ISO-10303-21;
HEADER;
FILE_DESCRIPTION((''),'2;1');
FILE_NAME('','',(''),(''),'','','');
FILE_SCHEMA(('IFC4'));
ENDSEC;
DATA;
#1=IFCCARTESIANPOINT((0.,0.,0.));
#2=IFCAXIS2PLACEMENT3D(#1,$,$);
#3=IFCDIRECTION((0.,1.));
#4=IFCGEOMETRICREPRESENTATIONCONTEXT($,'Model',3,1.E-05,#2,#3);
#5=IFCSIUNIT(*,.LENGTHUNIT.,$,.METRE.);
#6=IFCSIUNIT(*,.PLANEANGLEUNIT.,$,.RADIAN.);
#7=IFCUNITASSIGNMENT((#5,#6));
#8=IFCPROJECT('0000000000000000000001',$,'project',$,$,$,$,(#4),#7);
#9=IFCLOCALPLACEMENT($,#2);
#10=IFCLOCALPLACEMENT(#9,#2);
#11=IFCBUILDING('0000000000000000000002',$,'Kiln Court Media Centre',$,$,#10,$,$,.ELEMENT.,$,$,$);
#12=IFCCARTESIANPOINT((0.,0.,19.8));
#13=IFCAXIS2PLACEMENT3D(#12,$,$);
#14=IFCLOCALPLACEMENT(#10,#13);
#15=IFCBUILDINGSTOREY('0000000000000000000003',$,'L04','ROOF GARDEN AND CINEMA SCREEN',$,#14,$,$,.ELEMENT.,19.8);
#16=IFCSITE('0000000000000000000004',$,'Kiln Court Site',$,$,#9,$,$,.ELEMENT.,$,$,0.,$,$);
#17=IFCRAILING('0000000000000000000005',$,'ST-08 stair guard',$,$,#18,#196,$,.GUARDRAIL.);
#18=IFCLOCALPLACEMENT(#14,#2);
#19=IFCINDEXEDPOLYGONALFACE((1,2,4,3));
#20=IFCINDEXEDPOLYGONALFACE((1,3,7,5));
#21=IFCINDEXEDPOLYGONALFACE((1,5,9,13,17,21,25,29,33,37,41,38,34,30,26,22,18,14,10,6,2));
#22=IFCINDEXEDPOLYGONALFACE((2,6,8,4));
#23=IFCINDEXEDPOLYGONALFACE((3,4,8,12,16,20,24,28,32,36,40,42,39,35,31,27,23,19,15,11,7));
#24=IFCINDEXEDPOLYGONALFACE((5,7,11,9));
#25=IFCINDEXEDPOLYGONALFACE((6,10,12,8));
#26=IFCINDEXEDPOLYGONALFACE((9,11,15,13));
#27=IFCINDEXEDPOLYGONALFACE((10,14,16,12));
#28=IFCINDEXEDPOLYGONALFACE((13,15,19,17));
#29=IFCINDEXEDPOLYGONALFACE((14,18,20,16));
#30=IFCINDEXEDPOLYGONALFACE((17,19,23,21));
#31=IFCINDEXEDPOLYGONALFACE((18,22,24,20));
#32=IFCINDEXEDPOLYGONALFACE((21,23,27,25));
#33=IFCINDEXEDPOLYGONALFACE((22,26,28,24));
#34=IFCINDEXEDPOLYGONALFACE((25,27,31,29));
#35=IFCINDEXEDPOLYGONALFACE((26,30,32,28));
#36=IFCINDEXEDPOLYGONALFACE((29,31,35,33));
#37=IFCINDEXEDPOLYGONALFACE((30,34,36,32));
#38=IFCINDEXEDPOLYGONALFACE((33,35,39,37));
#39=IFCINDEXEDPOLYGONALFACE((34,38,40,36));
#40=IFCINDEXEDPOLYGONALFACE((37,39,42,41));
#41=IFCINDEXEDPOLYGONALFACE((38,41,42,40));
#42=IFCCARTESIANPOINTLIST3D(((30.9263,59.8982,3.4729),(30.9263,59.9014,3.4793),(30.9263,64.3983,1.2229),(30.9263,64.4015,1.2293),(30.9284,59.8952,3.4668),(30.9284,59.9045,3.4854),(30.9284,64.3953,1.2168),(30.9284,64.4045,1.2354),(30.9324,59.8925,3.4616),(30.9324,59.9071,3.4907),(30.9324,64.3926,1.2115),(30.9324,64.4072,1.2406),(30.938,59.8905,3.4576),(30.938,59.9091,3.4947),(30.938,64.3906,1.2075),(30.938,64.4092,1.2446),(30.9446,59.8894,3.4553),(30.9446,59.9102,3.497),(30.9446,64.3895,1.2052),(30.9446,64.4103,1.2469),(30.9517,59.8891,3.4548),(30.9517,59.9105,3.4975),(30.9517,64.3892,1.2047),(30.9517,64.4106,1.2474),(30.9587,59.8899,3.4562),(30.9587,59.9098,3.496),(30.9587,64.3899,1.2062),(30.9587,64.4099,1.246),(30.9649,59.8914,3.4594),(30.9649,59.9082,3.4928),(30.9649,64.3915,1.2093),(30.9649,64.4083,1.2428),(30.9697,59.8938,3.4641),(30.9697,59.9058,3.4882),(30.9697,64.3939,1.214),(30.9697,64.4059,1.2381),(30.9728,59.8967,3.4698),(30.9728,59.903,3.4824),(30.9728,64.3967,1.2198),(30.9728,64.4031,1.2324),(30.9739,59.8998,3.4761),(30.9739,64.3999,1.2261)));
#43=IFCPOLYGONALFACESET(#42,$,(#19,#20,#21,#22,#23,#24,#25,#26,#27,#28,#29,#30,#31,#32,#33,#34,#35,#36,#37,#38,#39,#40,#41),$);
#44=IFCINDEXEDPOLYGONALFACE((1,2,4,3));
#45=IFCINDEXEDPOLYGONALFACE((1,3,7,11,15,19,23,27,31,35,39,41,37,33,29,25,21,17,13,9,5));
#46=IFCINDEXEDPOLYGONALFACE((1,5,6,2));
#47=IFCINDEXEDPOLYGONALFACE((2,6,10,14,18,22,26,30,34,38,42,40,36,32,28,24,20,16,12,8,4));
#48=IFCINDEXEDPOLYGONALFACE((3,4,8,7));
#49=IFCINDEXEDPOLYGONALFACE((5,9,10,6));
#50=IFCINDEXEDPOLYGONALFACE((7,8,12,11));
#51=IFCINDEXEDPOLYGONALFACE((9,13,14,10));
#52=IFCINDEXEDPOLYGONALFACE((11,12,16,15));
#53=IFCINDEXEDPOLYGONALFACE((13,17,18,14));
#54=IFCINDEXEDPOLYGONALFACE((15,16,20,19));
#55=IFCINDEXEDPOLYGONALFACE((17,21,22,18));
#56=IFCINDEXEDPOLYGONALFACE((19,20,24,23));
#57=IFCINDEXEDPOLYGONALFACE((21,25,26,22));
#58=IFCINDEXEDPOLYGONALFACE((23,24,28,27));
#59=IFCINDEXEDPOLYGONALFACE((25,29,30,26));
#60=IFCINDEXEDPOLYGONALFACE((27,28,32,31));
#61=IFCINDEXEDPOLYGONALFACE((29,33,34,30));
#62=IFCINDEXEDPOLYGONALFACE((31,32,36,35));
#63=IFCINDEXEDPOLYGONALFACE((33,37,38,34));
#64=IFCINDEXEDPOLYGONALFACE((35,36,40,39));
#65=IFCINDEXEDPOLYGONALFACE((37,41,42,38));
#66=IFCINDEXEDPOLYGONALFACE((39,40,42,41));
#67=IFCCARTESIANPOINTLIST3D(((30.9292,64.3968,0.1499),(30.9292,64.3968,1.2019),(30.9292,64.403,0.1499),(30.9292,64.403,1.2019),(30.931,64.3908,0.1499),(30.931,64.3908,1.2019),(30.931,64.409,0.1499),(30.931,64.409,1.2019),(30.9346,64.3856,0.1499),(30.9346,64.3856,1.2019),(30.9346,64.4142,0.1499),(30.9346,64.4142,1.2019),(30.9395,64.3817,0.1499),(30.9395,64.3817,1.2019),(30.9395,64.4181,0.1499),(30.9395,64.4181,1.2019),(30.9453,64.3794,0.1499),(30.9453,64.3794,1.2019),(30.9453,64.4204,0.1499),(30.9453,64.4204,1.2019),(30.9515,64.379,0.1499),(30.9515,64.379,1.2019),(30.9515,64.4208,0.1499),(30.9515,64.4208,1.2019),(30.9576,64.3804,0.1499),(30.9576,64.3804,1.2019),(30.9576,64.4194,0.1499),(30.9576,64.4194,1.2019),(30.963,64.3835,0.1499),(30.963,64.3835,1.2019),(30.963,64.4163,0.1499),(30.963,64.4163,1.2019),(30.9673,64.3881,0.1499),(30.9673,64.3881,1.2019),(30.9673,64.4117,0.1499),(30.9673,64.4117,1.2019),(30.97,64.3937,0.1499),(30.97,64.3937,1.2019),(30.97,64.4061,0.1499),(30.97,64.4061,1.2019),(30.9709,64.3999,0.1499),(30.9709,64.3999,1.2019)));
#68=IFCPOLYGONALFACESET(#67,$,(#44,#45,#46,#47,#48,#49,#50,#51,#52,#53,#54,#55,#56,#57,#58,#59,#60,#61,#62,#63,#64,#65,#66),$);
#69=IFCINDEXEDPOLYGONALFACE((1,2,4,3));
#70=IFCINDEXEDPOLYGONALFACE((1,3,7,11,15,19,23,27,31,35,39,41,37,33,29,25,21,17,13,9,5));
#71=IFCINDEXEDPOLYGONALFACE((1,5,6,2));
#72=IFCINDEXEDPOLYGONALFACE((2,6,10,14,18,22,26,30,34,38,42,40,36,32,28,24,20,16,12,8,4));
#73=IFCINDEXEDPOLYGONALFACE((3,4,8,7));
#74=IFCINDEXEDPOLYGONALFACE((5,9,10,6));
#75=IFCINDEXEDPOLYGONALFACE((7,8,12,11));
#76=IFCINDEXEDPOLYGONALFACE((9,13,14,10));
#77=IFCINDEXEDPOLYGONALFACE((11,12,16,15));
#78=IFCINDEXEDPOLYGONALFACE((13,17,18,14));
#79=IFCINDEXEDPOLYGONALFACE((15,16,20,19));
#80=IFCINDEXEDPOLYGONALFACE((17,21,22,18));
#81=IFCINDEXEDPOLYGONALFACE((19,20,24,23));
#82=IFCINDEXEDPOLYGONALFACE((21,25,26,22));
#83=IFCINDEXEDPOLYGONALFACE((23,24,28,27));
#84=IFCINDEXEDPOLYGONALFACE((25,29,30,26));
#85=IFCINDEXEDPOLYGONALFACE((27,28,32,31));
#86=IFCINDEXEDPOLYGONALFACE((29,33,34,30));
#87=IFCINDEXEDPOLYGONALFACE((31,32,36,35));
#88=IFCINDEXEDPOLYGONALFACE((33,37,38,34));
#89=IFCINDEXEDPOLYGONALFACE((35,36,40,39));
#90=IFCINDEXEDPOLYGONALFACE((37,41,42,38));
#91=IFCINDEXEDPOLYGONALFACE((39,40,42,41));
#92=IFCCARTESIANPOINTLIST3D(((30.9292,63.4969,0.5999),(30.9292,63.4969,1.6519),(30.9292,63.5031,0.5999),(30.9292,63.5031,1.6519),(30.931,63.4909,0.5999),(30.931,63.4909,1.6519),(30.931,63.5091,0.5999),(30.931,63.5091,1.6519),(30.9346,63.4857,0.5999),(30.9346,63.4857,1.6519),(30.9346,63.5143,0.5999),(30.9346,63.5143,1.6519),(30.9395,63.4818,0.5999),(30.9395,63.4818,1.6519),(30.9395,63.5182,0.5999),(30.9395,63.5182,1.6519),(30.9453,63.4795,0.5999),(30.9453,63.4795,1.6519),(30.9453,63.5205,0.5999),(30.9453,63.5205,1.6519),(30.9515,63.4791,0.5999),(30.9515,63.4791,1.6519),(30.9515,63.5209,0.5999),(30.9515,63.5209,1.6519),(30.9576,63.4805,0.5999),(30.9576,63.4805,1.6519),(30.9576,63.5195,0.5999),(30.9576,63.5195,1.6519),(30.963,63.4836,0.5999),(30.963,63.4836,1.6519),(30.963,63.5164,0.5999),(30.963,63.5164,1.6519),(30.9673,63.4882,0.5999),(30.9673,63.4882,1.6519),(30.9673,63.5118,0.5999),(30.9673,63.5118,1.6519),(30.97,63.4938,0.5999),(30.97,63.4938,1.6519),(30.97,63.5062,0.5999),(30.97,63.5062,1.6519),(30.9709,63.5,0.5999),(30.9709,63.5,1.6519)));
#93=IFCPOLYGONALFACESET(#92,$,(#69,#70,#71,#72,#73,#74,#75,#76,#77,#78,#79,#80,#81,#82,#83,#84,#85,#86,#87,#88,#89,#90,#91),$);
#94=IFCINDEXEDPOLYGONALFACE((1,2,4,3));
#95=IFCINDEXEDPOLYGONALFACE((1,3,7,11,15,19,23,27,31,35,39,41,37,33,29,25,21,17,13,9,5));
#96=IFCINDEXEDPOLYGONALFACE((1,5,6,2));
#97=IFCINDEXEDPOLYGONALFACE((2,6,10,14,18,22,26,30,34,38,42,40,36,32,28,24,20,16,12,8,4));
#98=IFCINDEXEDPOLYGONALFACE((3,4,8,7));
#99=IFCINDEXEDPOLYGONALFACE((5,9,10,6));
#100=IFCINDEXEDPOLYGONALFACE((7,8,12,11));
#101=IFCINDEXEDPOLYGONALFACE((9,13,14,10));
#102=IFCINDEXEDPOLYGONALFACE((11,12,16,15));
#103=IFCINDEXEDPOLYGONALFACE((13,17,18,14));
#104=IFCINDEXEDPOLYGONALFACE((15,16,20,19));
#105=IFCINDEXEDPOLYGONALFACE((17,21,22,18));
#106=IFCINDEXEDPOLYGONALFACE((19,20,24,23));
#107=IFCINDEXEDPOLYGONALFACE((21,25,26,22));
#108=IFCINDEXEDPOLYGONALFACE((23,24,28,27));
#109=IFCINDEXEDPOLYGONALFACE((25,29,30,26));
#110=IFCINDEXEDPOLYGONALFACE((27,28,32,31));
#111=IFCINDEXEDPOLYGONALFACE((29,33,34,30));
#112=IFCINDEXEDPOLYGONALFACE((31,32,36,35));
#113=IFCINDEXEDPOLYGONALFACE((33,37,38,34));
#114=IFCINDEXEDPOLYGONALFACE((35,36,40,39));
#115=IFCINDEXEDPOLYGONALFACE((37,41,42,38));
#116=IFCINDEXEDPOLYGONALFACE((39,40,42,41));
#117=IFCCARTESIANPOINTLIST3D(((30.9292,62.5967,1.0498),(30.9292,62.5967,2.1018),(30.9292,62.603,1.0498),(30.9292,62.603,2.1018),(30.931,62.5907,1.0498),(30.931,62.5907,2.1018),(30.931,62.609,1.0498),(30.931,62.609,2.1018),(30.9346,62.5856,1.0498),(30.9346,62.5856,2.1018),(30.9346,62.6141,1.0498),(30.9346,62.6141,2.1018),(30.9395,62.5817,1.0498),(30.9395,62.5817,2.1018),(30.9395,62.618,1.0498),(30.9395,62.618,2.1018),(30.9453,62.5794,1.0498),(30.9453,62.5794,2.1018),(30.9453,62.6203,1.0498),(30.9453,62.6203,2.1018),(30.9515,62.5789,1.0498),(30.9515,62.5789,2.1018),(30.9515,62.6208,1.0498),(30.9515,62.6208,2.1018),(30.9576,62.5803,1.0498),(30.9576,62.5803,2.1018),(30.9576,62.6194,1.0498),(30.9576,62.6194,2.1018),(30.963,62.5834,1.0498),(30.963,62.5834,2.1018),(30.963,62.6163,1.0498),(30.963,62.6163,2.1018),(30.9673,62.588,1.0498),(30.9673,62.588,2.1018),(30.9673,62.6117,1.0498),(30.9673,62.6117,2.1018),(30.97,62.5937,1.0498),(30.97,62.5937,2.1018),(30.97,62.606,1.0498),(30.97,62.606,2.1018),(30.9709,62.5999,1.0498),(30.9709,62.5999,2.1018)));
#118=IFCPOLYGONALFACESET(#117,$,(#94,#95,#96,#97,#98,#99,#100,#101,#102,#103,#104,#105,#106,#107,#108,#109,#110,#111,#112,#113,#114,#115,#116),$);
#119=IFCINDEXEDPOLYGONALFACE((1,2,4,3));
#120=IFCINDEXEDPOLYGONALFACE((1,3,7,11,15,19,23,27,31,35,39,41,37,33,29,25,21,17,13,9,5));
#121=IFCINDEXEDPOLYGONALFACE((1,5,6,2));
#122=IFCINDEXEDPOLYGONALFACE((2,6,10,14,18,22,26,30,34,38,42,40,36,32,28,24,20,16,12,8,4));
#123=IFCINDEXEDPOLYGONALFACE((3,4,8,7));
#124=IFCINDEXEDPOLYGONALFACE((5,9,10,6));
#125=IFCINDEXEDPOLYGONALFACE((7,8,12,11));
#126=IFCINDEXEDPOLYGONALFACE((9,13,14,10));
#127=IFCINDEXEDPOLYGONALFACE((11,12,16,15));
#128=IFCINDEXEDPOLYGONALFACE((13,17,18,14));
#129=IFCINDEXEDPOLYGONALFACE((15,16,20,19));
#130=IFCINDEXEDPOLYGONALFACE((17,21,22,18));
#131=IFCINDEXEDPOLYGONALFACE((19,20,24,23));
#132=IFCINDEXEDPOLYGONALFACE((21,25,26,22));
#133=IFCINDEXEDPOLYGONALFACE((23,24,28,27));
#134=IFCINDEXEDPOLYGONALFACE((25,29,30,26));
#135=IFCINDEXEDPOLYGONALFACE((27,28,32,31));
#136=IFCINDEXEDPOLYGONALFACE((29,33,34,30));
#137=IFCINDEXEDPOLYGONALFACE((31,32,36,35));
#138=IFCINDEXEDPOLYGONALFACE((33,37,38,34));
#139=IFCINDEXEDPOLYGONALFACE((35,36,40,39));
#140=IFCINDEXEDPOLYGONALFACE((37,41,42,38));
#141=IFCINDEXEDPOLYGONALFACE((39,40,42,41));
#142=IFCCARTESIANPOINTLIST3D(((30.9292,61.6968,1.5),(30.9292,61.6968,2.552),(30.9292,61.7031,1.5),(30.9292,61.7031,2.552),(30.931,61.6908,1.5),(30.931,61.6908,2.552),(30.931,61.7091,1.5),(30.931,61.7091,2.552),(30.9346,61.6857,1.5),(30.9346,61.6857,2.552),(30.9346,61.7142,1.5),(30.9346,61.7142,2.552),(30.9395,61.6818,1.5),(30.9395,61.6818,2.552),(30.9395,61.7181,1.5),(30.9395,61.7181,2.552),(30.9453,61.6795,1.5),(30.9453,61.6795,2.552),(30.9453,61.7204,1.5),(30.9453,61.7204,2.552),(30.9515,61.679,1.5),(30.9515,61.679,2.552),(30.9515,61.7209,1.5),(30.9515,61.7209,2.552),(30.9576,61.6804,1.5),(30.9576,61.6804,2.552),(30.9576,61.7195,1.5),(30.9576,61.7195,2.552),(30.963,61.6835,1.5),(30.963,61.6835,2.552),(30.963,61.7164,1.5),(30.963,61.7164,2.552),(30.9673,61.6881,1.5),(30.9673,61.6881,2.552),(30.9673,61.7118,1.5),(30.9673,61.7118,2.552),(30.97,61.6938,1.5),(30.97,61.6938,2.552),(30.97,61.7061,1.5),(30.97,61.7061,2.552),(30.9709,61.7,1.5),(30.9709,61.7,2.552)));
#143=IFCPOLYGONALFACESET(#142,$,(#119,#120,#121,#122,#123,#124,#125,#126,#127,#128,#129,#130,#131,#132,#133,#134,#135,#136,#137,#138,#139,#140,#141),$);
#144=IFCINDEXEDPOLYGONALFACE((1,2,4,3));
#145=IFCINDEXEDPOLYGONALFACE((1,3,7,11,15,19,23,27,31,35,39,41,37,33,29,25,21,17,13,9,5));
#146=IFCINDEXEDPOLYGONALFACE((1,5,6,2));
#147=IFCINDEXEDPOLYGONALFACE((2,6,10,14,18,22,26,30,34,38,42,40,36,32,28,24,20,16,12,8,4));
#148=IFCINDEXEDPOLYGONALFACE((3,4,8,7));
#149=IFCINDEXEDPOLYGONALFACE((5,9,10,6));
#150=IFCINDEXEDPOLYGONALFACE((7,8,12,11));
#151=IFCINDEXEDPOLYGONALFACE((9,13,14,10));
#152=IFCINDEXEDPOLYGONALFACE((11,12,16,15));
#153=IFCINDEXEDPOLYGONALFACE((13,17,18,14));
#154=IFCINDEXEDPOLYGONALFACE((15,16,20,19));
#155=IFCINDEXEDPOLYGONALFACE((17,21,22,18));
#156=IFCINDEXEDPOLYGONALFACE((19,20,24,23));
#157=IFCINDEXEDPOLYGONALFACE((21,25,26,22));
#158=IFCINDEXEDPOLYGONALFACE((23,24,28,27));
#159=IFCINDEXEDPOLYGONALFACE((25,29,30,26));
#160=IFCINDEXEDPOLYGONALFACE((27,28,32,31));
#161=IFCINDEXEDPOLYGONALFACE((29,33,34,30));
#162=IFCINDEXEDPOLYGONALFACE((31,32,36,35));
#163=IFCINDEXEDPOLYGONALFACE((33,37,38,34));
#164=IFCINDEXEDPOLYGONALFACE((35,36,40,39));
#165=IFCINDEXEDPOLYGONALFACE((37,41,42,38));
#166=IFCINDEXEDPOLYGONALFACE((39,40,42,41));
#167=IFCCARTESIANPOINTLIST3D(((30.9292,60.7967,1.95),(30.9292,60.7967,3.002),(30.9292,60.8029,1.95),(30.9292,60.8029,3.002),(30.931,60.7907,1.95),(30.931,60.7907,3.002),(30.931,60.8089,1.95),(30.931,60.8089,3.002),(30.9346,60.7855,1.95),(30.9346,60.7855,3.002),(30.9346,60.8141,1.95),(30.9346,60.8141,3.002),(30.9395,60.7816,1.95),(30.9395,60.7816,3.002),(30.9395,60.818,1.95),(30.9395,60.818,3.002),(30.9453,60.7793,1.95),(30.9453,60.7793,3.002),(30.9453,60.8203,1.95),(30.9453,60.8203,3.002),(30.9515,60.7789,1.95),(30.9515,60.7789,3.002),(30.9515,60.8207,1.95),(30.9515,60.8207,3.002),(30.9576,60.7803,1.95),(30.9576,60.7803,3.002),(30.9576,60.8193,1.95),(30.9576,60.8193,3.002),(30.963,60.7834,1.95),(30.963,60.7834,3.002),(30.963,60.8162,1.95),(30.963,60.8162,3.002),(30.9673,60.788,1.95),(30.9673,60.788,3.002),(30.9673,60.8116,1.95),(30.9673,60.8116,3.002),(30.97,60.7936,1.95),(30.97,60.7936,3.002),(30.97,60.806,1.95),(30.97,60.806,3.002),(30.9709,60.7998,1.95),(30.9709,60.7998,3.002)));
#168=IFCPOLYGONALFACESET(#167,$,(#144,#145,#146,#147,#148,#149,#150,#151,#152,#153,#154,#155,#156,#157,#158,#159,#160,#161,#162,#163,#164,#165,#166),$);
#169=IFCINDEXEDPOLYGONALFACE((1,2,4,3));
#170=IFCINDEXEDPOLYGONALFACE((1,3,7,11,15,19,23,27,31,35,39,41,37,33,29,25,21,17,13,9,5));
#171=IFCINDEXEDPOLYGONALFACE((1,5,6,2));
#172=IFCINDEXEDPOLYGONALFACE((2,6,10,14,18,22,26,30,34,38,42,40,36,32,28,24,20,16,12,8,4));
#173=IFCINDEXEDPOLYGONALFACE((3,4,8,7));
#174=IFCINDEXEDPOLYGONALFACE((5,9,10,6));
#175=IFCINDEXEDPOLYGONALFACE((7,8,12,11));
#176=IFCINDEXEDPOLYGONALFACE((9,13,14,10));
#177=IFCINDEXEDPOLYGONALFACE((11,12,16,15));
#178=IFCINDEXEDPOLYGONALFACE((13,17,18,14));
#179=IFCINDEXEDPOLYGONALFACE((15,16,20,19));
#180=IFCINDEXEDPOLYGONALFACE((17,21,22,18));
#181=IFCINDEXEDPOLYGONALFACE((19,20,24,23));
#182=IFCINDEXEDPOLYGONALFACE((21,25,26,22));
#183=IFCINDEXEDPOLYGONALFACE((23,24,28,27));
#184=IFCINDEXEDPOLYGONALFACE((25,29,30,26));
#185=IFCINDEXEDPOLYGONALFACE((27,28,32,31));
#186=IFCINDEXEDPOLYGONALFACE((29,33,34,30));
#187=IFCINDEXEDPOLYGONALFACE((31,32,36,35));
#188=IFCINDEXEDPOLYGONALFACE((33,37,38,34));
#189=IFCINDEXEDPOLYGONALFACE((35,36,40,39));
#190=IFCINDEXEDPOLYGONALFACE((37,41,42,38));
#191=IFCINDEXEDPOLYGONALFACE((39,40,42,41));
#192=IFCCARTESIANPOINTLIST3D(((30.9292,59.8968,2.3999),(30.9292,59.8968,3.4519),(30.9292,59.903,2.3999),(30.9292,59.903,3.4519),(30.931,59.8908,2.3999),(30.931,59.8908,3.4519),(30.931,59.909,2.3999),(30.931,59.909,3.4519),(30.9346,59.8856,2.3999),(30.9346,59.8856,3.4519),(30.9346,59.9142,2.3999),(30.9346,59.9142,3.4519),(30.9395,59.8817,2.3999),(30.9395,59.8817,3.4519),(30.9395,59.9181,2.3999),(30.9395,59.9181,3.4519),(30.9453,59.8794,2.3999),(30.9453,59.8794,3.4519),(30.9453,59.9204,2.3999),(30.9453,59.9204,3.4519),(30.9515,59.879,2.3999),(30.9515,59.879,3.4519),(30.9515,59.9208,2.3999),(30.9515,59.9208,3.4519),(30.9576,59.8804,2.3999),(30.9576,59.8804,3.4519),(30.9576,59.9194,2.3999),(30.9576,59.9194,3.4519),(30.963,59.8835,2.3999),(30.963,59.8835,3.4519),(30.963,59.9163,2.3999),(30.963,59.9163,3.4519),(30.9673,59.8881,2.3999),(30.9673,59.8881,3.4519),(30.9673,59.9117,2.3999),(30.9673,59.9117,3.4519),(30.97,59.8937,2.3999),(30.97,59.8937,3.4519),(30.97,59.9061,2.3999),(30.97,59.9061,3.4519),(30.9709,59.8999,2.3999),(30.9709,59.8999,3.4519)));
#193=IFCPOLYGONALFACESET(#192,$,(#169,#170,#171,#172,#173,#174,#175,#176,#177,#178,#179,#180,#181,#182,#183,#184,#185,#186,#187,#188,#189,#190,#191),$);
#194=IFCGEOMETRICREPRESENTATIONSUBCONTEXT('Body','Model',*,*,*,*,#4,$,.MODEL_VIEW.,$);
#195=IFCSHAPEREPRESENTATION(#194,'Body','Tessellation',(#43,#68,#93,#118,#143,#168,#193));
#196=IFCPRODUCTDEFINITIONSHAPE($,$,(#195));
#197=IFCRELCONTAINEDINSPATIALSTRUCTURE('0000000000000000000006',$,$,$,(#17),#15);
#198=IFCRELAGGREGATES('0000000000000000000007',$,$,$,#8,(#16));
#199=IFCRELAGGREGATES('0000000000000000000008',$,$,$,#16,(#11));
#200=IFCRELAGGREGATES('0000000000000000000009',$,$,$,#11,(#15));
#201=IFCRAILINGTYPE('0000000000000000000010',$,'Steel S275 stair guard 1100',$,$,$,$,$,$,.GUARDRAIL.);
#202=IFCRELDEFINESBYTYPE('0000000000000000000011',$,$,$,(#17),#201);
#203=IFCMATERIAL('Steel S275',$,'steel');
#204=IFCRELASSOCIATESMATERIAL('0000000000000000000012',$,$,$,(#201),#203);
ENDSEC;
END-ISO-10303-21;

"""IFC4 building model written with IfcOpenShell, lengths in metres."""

from ifc_helpers import new_model, si_unit, direction, frame, origin, origin_2d, place, context, subcontext, project, spatial, circle, extrude, material, type_object, element, save


model = new_model("IFC4")

# Units and contexts
model_context = context("Model", 3, precision=1e-05, world=origin(), true_north=direction((0.0, 1.0)))
body_context = subcontext(model_context, "Body", "Model", "MODEL_VIEW")
ifc_project = project(units=[si_unit("LENGTHUNIT", "METRE"), si_unit("PLANEANGLEUNIT", "RADIAN")], contexts=[model_context])

# Site, building, storey
site_placement = place(None, origin())
site = spatial("IfcSite", under=ifc_project, at=site_placement, Name="Kiln Court Site", CompositionType="ELEMENT", RefElevation=0.0)
building_placement = place(site_placement, origin())
building = spatial("IfcBuilding", under=site, at=building_placement, Name="Kiln Court Media Centre", CompositionType="ELEMENT")
storey_placement = place(building_placement, frame((0.0, 0.0, 19.8)))
storey = spatial("IfcBuildingStorey", under=building, at=storey_placement, Name="L04", Description="ROOF GARDEN AND CINEMA SCREEN", CompositionType="ELEMENT", Elevation=19.8)

# Railing
ifc_material_1 = material(Name="Steel S275", Category="steel")
railing_type_1 = type_object("IfcRailingType", Name="Steel S275 stair guard 1100", PredefinedType="GUARDRAIL", material=ifc_material_1)
railing_1_placement = place(storey_placement, frame((30.95, 64.3999, 0.1499)))
element("IfcRailing", 1, at=railing_1_placement, inside=storey, type_object=railing_type_1, Name="ST-08 stair guard", PredefinedType="GUARDRAIL", context=body_context, shape_type="SweptSolid", body=[
    extrude(circle(Radius=0.0239, at=origin_2d()), frame((0.0, 0.0, 1.0762), z_axis=(0.0, -0.894427, 0.447214), x_axis=(1.0, 0.0, 0.0)), (0.0, 0.0, 1.0), 5.0312),
    extrude(circle(Radius=0.021, at=origin_2d()), origin(), (0.0, 0.0, 1.0), 1.052),
    extrude(circle(Radius=0.021, at=origin_2d()), frame((0.0, -0.8999, 0.45)), (0.0, 0.0, 1.0), 1.052),
    extrude(circle(Radius=0.021, at=origin_2d()), frame((0.0, -1.8, 0.8999)), (0.0, 0.0, 1.0), 1.052),
    extrude(circle(Radius=0.021, at=origin_2d()), frame((0.0, -2.7, 1.3501)), (0.0, 0.0, 1.0), 1.052),
    extrude(circle(Radius=0.021, at=origin_2d()), frame((0.0, -3.6001, 1.8)), (0.0, 0.0, 1.0), 1.052),
    extrude(circle(Radius=0.021, at=origin_2d()), frame((0.0, -4.5, 2.25)), (0.0, 0.0, 1.0), 1.052),
])

save(model, "model.ifc")
